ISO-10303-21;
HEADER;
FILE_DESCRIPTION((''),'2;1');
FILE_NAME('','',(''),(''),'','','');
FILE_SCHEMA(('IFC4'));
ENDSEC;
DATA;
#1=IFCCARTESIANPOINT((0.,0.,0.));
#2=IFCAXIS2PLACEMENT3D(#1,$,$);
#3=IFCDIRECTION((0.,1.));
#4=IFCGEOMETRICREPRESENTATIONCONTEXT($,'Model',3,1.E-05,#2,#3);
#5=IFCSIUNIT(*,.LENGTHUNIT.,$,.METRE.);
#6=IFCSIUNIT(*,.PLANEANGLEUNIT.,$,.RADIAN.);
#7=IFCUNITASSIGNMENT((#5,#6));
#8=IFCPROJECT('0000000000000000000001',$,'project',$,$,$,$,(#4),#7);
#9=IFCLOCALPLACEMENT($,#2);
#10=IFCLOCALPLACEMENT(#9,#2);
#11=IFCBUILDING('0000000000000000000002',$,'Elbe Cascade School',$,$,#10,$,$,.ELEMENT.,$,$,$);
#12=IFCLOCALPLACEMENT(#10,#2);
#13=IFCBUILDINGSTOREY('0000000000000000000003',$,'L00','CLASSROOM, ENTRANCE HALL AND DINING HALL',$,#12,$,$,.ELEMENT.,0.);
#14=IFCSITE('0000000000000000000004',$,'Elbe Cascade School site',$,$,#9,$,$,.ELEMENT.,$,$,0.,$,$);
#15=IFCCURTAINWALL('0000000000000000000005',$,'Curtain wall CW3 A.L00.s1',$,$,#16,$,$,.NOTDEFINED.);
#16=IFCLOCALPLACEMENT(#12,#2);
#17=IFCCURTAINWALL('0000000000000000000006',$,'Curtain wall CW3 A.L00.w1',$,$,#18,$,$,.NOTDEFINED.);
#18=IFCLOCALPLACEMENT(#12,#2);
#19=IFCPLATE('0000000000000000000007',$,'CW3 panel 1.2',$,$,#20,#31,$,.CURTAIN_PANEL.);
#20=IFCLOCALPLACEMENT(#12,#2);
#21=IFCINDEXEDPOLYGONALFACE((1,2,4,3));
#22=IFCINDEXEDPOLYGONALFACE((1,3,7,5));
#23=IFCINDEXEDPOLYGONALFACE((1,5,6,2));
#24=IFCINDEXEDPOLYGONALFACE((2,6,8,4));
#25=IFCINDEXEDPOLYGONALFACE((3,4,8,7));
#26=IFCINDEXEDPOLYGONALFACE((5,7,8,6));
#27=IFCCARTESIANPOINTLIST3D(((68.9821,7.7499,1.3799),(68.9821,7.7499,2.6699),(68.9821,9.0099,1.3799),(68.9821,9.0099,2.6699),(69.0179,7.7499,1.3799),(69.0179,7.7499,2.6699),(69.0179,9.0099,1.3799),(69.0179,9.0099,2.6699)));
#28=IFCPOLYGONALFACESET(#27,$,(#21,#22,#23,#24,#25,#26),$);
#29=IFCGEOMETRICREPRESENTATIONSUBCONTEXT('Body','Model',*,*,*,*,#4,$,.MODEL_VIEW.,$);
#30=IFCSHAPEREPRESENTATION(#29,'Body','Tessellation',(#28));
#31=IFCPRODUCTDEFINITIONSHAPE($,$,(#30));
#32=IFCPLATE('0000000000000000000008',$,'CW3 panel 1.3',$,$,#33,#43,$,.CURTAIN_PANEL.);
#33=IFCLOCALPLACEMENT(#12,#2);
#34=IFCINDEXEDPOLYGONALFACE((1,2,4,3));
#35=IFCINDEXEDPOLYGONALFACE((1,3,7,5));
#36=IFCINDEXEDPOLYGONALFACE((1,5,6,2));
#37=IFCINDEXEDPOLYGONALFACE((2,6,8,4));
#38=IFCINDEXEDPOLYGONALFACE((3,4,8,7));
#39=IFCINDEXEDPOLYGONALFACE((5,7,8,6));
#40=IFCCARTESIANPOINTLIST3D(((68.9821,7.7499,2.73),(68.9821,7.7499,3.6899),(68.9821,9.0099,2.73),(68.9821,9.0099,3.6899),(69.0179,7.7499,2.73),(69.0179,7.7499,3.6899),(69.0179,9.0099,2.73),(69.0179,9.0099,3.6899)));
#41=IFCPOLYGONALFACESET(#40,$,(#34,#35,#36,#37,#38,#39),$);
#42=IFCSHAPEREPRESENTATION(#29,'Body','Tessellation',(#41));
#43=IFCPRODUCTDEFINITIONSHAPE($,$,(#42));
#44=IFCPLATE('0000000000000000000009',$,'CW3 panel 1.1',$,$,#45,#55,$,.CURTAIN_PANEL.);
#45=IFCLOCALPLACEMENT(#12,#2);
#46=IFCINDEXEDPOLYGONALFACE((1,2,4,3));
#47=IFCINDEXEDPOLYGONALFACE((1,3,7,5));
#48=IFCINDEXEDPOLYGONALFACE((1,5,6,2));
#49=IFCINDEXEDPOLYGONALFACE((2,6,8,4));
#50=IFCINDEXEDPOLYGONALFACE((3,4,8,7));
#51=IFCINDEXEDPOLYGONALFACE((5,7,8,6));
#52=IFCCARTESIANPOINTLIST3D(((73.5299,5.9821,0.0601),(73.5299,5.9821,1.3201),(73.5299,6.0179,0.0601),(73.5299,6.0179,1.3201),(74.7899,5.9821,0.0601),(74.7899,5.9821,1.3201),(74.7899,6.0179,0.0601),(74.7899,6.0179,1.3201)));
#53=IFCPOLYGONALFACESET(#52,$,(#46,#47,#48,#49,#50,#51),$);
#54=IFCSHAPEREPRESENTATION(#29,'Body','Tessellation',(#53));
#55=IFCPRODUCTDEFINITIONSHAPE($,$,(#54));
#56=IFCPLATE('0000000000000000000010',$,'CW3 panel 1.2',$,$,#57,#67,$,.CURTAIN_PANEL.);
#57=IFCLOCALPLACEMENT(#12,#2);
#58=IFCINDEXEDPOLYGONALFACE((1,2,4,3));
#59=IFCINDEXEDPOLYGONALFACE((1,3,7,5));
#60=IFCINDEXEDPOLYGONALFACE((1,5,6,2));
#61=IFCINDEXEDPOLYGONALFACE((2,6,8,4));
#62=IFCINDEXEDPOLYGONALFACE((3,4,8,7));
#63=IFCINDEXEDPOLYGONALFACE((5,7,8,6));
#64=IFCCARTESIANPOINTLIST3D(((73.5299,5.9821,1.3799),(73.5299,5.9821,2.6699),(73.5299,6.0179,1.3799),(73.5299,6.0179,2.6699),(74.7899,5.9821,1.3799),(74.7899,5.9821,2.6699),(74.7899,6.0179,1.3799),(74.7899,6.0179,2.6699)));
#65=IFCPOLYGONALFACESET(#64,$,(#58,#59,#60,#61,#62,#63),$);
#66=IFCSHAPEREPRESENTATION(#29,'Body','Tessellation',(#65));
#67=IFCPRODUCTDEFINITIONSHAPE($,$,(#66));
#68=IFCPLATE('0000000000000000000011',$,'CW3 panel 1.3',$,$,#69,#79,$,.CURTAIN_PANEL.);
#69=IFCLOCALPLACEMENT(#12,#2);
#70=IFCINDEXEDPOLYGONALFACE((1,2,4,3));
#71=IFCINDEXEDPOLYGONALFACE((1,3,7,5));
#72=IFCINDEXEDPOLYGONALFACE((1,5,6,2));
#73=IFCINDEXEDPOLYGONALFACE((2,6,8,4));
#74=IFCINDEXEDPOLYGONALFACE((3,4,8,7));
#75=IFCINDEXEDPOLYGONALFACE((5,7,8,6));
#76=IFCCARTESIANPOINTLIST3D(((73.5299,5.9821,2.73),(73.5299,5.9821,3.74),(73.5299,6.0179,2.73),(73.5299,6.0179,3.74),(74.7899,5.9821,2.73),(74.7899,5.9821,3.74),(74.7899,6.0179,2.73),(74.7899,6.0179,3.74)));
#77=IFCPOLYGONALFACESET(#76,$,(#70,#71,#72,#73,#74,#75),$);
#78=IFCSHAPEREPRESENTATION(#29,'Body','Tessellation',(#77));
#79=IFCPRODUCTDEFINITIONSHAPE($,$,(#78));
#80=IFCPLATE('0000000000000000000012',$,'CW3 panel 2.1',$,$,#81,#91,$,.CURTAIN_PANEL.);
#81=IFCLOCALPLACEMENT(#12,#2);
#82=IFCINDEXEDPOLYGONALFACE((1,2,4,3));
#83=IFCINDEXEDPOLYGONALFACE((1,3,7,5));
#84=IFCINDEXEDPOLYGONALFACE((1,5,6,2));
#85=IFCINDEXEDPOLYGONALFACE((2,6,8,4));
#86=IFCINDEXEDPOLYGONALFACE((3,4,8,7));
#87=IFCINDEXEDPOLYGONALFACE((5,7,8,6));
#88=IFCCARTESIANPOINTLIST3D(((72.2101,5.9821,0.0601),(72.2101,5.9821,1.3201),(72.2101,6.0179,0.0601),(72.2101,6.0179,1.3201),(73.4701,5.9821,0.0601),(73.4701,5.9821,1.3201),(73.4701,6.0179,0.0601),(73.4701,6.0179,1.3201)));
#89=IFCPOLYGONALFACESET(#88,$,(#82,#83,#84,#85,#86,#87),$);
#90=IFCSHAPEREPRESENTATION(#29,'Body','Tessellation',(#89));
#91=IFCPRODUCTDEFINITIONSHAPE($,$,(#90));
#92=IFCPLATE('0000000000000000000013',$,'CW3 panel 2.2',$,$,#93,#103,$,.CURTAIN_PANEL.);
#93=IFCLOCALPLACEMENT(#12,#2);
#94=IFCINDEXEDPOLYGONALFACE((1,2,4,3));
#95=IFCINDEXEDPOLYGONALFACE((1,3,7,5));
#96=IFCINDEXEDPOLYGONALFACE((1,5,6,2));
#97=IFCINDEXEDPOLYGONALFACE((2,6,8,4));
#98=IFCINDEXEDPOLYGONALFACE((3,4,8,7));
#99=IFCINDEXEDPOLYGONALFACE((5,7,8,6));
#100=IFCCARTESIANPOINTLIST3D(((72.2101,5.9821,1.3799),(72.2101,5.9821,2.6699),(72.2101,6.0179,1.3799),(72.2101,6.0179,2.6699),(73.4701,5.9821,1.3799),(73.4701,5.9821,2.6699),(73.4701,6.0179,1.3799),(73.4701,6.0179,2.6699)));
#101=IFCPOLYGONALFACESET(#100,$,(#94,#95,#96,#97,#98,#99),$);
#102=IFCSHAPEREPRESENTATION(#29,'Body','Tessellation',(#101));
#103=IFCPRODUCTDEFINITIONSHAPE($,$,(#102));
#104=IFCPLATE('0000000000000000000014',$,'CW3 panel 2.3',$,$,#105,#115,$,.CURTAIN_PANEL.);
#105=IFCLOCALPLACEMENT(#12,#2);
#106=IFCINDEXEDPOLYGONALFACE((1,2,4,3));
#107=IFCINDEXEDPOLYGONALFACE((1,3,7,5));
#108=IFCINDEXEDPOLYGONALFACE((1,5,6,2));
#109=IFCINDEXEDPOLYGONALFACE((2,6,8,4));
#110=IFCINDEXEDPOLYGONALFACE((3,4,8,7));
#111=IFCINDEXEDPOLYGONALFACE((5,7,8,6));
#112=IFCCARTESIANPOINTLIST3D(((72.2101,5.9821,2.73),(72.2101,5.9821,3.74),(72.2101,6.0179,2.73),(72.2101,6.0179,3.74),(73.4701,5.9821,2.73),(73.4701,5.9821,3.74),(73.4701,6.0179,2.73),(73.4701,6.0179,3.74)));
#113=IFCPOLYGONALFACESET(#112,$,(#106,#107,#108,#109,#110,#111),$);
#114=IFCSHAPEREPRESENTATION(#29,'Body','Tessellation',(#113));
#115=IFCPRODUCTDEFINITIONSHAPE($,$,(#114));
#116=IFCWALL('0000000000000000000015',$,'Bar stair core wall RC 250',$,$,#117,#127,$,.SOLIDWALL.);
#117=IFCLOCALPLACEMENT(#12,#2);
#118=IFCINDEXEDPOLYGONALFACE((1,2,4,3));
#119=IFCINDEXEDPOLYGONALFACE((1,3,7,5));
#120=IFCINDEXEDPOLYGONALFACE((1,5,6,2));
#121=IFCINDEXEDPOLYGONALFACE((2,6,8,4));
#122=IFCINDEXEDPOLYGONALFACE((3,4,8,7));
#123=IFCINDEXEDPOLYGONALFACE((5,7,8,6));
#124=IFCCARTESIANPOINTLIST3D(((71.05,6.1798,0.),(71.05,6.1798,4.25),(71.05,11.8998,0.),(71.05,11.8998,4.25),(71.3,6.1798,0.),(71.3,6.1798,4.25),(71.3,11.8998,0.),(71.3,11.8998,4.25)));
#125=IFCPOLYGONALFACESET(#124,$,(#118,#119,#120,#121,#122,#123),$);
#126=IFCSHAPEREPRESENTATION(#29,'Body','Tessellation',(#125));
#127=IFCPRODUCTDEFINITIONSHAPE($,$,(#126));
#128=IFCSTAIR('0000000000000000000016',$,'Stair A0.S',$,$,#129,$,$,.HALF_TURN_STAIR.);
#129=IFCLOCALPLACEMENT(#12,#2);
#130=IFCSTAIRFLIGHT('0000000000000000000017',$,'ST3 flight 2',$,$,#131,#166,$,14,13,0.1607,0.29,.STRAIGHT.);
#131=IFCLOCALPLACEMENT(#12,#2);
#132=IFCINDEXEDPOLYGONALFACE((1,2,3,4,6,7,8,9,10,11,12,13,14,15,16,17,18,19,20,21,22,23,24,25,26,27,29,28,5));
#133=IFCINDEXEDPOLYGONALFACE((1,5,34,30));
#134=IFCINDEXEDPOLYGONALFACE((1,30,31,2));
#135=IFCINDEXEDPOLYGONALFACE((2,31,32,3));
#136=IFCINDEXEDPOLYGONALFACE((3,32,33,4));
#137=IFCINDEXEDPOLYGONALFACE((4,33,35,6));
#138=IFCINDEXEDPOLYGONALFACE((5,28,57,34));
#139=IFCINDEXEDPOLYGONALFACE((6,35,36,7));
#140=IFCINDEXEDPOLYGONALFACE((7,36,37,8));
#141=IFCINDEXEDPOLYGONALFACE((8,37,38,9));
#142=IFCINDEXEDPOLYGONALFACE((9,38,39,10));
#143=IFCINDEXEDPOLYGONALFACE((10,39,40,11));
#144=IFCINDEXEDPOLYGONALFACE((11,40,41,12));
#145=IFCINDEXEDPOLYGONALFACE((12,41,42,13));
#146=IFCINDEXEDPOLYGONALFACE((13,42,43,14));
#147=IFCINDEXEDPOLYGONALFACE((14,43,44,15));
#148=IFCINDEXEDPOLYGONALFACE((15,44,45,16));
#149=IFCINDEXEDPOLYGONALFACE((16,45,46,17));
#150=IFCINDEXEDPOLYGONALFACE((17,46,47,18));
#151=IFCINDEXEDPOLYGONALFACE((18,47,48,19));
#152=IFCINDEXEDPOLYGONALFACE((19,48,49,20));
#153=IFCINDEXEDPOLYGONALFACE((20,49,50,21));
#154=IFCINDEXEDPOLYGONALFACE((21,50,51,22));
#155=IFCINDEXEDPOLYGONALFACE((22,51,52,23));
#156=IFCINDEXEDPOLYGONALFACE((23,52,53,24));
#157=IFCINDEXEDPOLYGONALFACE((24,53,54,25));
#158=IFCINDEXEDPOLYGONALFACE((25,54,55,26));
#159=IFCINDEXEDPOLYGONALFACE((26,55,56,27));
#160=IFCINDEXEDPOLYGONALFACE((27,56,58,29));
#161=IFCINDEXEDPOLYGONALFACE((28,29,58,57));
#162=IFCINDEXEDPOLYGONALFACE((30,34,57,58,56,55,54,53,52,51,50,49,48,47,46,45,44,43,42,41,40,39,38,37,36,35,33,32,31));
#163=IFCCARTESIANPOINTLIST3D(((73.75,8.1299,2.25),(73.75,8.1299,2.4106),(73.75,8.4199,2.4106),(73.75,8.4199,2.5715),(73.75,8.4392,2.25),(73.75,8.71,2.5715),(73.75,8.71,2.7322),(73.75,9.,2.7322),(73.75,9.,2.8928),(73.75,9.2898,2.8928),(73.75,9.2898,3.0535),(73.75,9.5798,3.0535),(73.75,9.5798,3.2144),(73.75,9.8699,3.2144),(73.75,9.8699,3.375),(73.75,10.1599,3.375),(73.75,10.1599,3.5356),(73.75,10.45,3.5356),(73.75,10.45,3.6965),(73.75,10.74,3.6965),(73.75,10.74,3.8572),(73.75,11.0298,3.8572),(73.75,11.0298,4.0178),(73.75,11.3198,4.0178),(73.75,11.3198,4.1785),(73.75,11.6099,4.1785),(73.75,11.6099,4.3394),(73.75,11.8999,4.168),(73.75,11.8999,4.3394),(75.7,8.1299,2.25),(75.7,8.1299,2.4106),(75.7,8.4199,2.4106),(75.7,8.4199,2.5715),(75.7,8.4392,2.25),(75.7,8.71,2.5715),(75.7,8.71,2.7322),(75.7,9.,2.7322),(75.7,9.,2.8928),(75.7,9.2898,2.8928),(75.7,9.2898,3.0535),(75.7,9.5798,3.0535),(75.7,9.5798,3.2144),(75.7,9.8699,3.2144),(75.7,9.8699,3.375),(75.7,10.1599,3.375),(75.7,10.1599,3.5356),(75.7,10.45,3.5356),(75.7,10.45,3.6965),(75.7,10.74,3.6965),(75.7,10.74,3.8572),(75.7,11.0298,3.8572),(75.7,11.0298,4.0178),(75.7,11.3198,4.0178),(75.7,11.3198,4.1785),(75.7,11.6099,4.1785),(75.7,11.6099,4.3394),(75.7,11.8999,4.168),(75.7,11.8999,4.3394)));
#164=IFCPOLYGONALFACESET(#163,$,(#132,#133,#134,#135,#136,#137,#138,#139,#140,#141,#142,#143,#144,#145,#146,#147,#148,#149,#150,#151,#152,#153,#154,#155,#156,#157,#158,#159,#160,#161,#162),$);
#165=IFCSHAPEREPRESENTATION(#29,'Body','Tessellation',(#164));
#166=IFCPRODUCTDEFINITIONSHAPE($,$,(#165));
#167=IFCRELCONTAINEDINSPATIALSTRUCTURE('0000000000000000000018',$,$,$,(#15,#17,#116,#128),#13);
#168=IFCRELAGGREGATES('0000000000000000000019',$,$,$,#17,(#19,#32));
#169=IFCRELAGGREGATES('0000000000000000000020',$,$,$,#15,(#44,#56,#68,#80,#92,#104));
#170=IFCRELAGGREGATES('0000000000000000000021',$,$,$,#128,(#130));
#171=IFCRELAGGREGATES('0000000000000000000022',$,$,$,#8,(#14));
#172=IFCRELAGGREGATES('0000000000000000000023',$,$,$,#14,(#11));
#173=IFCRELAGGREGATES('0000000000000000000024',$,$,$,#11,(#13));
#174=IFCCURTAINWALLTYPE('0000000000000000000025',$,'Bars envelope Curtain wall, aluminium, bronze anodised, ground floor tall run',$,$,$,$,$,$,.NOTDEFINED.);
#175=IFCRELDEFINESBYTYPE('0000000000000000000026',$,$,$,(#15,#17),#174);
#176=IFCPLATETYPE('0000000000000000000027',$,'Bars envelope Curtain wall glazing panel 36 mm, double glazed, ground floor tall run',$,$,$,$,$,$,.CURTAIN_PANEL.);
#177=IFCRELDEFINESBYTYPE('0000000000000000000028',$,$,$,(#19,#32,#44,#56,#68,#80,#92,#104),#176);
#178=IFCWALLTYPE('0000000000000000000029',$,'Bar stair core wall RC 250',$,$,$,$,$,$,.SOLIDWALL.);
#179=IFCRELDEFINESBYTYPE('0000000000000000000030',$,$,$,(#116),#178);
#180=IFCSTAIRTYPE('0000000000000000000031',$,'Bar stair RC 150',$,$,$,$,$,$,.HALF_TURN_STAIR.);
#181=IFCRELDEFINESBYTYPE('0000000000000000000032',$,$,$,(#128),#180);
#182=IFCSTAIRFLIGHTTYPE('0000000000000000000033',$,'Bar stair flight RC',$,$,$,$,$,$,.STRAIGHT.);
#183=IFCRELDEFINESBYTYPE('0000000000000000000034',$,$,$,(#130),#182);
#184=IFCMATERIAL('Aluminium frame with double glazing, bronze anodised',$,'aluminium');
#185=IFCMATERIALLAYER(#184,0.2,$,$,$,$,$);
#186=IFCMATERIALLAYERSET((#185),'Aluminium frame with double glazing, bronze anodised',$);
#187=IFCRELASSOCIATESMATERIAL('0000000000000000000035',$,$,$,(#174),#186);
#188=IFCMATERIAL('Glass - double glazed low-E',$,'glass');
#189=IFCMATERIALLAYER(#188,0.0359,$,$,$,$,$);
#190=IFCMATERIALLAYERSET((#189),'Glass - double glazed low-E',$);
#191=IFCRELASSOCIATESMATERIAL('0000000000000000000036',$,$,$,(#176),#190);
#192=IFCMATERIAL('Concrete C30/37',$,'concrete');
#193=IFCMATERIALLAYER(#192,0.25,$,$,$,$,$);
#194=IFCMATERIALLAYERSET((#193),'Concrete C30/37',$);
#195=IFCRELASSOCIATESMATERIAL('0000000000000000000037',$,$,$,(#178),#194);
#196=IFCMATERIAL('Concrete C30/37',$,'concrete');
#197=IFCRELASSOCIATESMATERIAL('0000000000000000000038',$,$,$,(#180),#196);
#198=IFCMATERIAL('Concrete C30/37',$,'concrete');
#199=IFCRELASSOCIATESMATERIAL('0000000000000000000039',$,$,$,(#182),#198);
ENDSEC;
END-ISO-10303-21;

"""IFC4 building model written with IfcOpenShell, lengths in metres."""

from ifc_helpers import new_model, si_unit, direction, frame, frame_2d, origin, origin_2d, place, context, subcontext, project, spatial, polyline, rectangle, outline, extrude, material, layer, layer_set, type_object, element, aggregate, save


model = new_model("IFC4")

# Units and contexts
model_context = context("Model", 3, precision=1e-05, world=origin(), true_north=direction((0.0, 1.0)))
body_context = subcontext(model_context, "Body", "Model", "MODEL_VIEW")
ifc_project = project(units=[si_unit("LENGTHUNIT", "METRE"), si_unit("PLANEANGLEUNIT", "RADIAN")], contexts=[model_context])

# Site, building, storey
site_placement = place(None, origin())
site = spatial("IfcSite", under=ifc_project, at=site_placement, Name="Elbe Cascade School site", CompositionType="ELEMENT", RefElevation=0.0)
building_placement = place(site_placement, origin())
building = spatial("IfcBuilding", under=site, at=building_placement, Name="Elbe Cascade School", CompositionType="ELEMENT")
storey_placement = place(building_placement, origin())
storey = spatial("IfcBuildingStorey", under=building, at=storey_placement, Name="L00", Description="CLASSROOM, ENTRANCE HALL AND DINING HALL", CompositionType="ELEMENT", Elevation=0.0)

# Curtain wall
ifc_material_1 = material(Name="Aluminium frame with double glazing, bronze anodised", Category="aluminium")
ifc_layer_1 = layer(ifc_material_1, 0.2)
ifc_layer_set_1 = layer_set([ifc_layer_1], Name="Aluminium frame with double glazing, bronze anodised")
curtain_wall_type = type_object("IfcCurtainWallType", Name="Bars envelope Curtain wall, aluminium, bronze anodised, ground floor tall run", PredefinedType="NOTDEFINED", material=ifc_layer_set_1)
curtain_wall_1_placement = place(storey_placement, origin())
curtain_wall_1 = element("IfcCurtainWall", 1, at=curtain_wall_1_placement, inside=storey, type_object=curtain_wall_type, Name="Curtain wall CW3 A.L00.s1", PredefinedType="NOTDEFINED")

# Curtain wall, plates
curtain_wall_2_placement = place(storey_placement, origin())
curtain_wall_2 = element("IfcCurtainWall", 2, at=curtain_wall_2_placement, inside=storey, type_object=curtain_wall_type, Name="Curtain wall CW3 A.L00.w1", PredefinedType="NOTDEFINED")
ifc_material_2 = material(Name="Glass - double glazed low-E", Category="glass")
ifc_layer_2 = layer(ifc_material_2, 0.0359)
ifc_layer_set_2 = layer_set([ifc_layer_2], Name="Glass - double glazed low-E")
plate_type = type_object("IfcPlateType", Name="Bars envelope Curtain wall glazing panel 36 mm, double glazed, ground floor tall run", PredefinedType="CURTAIN_PANEL", material=ifc_layer_set_2)
plate_1_placement = place(storey_placement, frame((69.0, 8.3799, 1.3799), z_axis=(0.0, 0.0, 1.0), x_axis=(0.0, 1.0, 0.0)))
plate_1 = element("IfcPlate", 3, at=plate_1_placement, type_object=plate_type, Name="CW3 panel 1.2", PredefinedType="CURTAIN_PANEL", context=body_context, shape_type="SweptSolid", body=[
    extrude(rectangle(XDim=1.26, YDim=0.0359, at=origin_2d()), origin(), (0.0, 0.0, 1.0), 1.29),
])
plate_2_placement = place(storey_placement, frame((69.0, 8.3799, 2.73), z_axis=(0.0, 0.0, 1.0), x_axis=(0.0, 1.0, 0.0)))
plate_2 = element("IfcPlate", 4, at=plate_2_placement, type_object=plate_type, Name="CW3 panel 1.3", PredefinedType="CURTAIN_PANEL", context=body_context, shape_type="SweptSolid", body=[
    extrude(rectangle(XDim=1.26, YDim=0.0359, at=origin_2d()), origin(), (0.0, 0.0, 1.0), 0.96),
])
aggregate(curtain_wall_2, [plate_1, plate_2])

# Plates
plate_3_placement = place(storey_placement, frame((74.1599, 6.0, 0.0601), z_axis=(0.0, 0.0, 1.0), x_axis=(-1.0, 0.0, 0.0)))
plate_3 = element("IfcPlate", 5, at=plate_3_placement, type_object=plate_type, Name="CW3 panel 1.1", PredefinedType="CURTAIN_PANEL", context=body_context, shape_type="SweptSolid", body=[
    extrude(rectangle(XDim=1.26, YDim=0.0359, at=origin_2d()), origin(), (0.0, 0.0, 1.0), 1.26),
])
plate_4_placement = place(storey_placement, frame((74.1599, 6.0, 1.3799), z_axis=(0.0, 0.0, 1.0), x_axis=(-1.0, 0.0, 0.0)))
plate_4 = element("IfcPlate", 6, at=plate_4_placement, type_object=plate_type, Name="CW3 panel 1.2", PredefinedType="CURTAIN_PANEL", context=body_context, shape_type="SweptSolid", body=[
    extrude(rectangle(XDim=1.26, YDim=0.0359, at=origin_2d()), origin(), (0.0, 0.0, 1.0), 1.29),
])
plate_5_placement = place(storey_placement, frame((74.1599, 6.0, 2.73), z_axis=(0.0, 0.0, 1.0), x_axis=(-1.0, 0.0, 0.0)))
plate_5 = element("IfcPlate", 7, at=plate_5_placement, type_object=plate_type, Name="CW3 panel 1.3", PredefinedType="CURTAIN_PANEL", context=body_context, shape_type="SweptSolid", body=[
    extrude(rectangle(XDim=1.26, YDim=0.0359, at=origin_2d()), origin(), (0.0, 0.0, 1.0), 1.01),
])
plate_6_placement = place(storey_placement, frame((72.8401, 6.0, 0.0601), z_axis=(0.0, 0.0, 1.0), x_axis=(-1.0, 0.0, 0.0)))
plate_6 = element("IfcPlate", 8, at=plate_6_placement, type_object=plate_type, Name="CW3 panel 2.1", PredefinedType="CURTAIN_PANEL", context=body_context, shape_type="SweptSolid", body=[
    extrude(rectangle(XDim=1.26, YDim=0.0359, at=origin_2d()), origin(), (0.0, 0.0, 1.0), 1.26),
])
plate_7_placement = place(storey_placement, frame((72.8401, 6.0, 1.3799), z_axis=(0.0, 0.0, 1.0), x_axis=(-1.0, 0.0, 0.0)))
plate_7 = element("IfcPlate", 9, at=plate_7_placement, type_object=plate_type, Name="CW3 panel 2.2", PredefinedType="CURTAIN_PANEL", context=body_context, shape_type="SweptSolid", body=[
    extrude(rectangle(XDim=1.26, YDim=0.0359, at=origin_2d()), origin(), (0.0, 0.0, 1.0), 1.29),
])
plate_8_placement = place(storey_placement, frame((72.8401, 6.0, 2.73), z_axis=(0.0, 0.0, 1.0), x_axis=(-1.0, 0.0, 0.0)))
plate_8 = element("IfcPlate", 10, at=plate_8_placement, type_object=plate_type, Name="CW3 panel 2.3", PredefinedType="CURTAIN_PANEL", context=body_context, shape_type="SweptSolid", body=[
    extrude(rectangle(XDim=1.26, YDim=0.0359, at=origin_2d()), origin(), (0.0, 0.0, 1.0), 1.01),
])
aggregate(curtain_wall_1, [plate_3, plate_4, plate_5, plate_6, plate_7, plate_8])

# Wall
ifc_material_3 = material(Name="Concrete C30/37", Category="concrete")
ifc_layer_3 = layer(ifc_material_3, 0.25)
ifc_layer_set_3 = layer_set([ifc_layer_3], Name="Concrete C30/37")
wall_type = type_object("IfcWallType", Name="Bar stair core wall RC 250", PredefinedType="SOLIDWALL", material=ifc_layer_set_3)
wall_placement = place(storey_placement, frame((71.175, 6.1799, 0.0), z_axis=(0.0, 0.0, 1.0), x_axis=(0.0, 1.0, 0.0)))
element("IfcWall", 11, at=wall_placement, inside=storey, type_object=wall_type, Name="Bar stair core wall RC 250", PredefinedType="SOLIDWALL", context=body_context, shape_type="SweptSolid", body=[
    extrude(rectangle(XDim=5.72, YDim=0.25, at=frame_2d((2.8599, 0.0))), origin(), (0.0, 0.0, 1.0), 4.25),
])

# Stair, stair flight
ifc_material_4 = material(Name="Concrete C30/37", Category="concrete")
stair_type = type_object("IfcStairType", Name="Bar stair RC 150", PredefinedType="HALF_TURN_STAIR", material=ifc_material_4)
stair_placement = place(storey_placement, origin())
stair = element("IfcStair", 12, at=stair_placement, inside=storey, type_object=stair_type, Name="Stair A0.S", PredefinedType="HALF_TURN_STAIR")
ifc_material_5 = material(Name="Concrete C30/37", Category="concrete")
stair_flight_type = type_object("IfcStairFlightType", Name="Bar stair flight RC", PredefinedType="STRAIGHT", material=ifc_material_5)
stair_flight_placement = place(storey_placement, frame((74.7251, 8.1299, 2.25), z_axis=(0.0, 0.0, 1.0), x_axis=(0.0, 1.0, 0.0)))
stair_flight = element("IfcStairFlight", 13, at=stair_flight_placement, type_object=stair_flight_type, Name="ST3 flight 2", NumberOfRisers=14, NumberOfTreads=13, PredefinedType="STRAIGHT", RiserHeight=0.1607, TreadLength=0.29, context=body_context, shape_type="SweptSolid", body=[
    extrude(outline(polyline([(0.0, 0.0), (0.0, 0.1606), (0.29, 0.1606), (0.29, 0.3215), (0.5801, 0.3215), (0.5801, 0.4822), (0.8701, 0.4822), (0.8701, 0.6428), (1.1599, 0.6428), (1.1599, 0.8035), (1.45, 0.8035), (1.45, 0.9644), (1.74, 0.9644), (1.74, 1.125), (2.03, 1.125), (2.03, 1.2856), (2.3201, 1.2856), (2.3201, 1.4465), (2.6101, 1.4465), (2.6101, 1.6072), (2.8999, 1.6072), (2.8999, 1.7678), (3.1899, 1.7678), (3.1899, 1.9285), (3.48, 1.9285), (3.48, 2.0894), (3.77, 2.0894), (3.77, 2.25), (3.77, 1.918), (0.3093, 0.0), (0.0, 0.0)])), frame((0.0, 0.9751, 0.0), z_axis=(0.0, -1.0, 0.0), x_axis=(1.0, 0.0, 0.0)), (0.0, 0.0, 1.0), 1.95),
])
aggregate(stair, [stair_flight])

save(model, "model.ifc")
